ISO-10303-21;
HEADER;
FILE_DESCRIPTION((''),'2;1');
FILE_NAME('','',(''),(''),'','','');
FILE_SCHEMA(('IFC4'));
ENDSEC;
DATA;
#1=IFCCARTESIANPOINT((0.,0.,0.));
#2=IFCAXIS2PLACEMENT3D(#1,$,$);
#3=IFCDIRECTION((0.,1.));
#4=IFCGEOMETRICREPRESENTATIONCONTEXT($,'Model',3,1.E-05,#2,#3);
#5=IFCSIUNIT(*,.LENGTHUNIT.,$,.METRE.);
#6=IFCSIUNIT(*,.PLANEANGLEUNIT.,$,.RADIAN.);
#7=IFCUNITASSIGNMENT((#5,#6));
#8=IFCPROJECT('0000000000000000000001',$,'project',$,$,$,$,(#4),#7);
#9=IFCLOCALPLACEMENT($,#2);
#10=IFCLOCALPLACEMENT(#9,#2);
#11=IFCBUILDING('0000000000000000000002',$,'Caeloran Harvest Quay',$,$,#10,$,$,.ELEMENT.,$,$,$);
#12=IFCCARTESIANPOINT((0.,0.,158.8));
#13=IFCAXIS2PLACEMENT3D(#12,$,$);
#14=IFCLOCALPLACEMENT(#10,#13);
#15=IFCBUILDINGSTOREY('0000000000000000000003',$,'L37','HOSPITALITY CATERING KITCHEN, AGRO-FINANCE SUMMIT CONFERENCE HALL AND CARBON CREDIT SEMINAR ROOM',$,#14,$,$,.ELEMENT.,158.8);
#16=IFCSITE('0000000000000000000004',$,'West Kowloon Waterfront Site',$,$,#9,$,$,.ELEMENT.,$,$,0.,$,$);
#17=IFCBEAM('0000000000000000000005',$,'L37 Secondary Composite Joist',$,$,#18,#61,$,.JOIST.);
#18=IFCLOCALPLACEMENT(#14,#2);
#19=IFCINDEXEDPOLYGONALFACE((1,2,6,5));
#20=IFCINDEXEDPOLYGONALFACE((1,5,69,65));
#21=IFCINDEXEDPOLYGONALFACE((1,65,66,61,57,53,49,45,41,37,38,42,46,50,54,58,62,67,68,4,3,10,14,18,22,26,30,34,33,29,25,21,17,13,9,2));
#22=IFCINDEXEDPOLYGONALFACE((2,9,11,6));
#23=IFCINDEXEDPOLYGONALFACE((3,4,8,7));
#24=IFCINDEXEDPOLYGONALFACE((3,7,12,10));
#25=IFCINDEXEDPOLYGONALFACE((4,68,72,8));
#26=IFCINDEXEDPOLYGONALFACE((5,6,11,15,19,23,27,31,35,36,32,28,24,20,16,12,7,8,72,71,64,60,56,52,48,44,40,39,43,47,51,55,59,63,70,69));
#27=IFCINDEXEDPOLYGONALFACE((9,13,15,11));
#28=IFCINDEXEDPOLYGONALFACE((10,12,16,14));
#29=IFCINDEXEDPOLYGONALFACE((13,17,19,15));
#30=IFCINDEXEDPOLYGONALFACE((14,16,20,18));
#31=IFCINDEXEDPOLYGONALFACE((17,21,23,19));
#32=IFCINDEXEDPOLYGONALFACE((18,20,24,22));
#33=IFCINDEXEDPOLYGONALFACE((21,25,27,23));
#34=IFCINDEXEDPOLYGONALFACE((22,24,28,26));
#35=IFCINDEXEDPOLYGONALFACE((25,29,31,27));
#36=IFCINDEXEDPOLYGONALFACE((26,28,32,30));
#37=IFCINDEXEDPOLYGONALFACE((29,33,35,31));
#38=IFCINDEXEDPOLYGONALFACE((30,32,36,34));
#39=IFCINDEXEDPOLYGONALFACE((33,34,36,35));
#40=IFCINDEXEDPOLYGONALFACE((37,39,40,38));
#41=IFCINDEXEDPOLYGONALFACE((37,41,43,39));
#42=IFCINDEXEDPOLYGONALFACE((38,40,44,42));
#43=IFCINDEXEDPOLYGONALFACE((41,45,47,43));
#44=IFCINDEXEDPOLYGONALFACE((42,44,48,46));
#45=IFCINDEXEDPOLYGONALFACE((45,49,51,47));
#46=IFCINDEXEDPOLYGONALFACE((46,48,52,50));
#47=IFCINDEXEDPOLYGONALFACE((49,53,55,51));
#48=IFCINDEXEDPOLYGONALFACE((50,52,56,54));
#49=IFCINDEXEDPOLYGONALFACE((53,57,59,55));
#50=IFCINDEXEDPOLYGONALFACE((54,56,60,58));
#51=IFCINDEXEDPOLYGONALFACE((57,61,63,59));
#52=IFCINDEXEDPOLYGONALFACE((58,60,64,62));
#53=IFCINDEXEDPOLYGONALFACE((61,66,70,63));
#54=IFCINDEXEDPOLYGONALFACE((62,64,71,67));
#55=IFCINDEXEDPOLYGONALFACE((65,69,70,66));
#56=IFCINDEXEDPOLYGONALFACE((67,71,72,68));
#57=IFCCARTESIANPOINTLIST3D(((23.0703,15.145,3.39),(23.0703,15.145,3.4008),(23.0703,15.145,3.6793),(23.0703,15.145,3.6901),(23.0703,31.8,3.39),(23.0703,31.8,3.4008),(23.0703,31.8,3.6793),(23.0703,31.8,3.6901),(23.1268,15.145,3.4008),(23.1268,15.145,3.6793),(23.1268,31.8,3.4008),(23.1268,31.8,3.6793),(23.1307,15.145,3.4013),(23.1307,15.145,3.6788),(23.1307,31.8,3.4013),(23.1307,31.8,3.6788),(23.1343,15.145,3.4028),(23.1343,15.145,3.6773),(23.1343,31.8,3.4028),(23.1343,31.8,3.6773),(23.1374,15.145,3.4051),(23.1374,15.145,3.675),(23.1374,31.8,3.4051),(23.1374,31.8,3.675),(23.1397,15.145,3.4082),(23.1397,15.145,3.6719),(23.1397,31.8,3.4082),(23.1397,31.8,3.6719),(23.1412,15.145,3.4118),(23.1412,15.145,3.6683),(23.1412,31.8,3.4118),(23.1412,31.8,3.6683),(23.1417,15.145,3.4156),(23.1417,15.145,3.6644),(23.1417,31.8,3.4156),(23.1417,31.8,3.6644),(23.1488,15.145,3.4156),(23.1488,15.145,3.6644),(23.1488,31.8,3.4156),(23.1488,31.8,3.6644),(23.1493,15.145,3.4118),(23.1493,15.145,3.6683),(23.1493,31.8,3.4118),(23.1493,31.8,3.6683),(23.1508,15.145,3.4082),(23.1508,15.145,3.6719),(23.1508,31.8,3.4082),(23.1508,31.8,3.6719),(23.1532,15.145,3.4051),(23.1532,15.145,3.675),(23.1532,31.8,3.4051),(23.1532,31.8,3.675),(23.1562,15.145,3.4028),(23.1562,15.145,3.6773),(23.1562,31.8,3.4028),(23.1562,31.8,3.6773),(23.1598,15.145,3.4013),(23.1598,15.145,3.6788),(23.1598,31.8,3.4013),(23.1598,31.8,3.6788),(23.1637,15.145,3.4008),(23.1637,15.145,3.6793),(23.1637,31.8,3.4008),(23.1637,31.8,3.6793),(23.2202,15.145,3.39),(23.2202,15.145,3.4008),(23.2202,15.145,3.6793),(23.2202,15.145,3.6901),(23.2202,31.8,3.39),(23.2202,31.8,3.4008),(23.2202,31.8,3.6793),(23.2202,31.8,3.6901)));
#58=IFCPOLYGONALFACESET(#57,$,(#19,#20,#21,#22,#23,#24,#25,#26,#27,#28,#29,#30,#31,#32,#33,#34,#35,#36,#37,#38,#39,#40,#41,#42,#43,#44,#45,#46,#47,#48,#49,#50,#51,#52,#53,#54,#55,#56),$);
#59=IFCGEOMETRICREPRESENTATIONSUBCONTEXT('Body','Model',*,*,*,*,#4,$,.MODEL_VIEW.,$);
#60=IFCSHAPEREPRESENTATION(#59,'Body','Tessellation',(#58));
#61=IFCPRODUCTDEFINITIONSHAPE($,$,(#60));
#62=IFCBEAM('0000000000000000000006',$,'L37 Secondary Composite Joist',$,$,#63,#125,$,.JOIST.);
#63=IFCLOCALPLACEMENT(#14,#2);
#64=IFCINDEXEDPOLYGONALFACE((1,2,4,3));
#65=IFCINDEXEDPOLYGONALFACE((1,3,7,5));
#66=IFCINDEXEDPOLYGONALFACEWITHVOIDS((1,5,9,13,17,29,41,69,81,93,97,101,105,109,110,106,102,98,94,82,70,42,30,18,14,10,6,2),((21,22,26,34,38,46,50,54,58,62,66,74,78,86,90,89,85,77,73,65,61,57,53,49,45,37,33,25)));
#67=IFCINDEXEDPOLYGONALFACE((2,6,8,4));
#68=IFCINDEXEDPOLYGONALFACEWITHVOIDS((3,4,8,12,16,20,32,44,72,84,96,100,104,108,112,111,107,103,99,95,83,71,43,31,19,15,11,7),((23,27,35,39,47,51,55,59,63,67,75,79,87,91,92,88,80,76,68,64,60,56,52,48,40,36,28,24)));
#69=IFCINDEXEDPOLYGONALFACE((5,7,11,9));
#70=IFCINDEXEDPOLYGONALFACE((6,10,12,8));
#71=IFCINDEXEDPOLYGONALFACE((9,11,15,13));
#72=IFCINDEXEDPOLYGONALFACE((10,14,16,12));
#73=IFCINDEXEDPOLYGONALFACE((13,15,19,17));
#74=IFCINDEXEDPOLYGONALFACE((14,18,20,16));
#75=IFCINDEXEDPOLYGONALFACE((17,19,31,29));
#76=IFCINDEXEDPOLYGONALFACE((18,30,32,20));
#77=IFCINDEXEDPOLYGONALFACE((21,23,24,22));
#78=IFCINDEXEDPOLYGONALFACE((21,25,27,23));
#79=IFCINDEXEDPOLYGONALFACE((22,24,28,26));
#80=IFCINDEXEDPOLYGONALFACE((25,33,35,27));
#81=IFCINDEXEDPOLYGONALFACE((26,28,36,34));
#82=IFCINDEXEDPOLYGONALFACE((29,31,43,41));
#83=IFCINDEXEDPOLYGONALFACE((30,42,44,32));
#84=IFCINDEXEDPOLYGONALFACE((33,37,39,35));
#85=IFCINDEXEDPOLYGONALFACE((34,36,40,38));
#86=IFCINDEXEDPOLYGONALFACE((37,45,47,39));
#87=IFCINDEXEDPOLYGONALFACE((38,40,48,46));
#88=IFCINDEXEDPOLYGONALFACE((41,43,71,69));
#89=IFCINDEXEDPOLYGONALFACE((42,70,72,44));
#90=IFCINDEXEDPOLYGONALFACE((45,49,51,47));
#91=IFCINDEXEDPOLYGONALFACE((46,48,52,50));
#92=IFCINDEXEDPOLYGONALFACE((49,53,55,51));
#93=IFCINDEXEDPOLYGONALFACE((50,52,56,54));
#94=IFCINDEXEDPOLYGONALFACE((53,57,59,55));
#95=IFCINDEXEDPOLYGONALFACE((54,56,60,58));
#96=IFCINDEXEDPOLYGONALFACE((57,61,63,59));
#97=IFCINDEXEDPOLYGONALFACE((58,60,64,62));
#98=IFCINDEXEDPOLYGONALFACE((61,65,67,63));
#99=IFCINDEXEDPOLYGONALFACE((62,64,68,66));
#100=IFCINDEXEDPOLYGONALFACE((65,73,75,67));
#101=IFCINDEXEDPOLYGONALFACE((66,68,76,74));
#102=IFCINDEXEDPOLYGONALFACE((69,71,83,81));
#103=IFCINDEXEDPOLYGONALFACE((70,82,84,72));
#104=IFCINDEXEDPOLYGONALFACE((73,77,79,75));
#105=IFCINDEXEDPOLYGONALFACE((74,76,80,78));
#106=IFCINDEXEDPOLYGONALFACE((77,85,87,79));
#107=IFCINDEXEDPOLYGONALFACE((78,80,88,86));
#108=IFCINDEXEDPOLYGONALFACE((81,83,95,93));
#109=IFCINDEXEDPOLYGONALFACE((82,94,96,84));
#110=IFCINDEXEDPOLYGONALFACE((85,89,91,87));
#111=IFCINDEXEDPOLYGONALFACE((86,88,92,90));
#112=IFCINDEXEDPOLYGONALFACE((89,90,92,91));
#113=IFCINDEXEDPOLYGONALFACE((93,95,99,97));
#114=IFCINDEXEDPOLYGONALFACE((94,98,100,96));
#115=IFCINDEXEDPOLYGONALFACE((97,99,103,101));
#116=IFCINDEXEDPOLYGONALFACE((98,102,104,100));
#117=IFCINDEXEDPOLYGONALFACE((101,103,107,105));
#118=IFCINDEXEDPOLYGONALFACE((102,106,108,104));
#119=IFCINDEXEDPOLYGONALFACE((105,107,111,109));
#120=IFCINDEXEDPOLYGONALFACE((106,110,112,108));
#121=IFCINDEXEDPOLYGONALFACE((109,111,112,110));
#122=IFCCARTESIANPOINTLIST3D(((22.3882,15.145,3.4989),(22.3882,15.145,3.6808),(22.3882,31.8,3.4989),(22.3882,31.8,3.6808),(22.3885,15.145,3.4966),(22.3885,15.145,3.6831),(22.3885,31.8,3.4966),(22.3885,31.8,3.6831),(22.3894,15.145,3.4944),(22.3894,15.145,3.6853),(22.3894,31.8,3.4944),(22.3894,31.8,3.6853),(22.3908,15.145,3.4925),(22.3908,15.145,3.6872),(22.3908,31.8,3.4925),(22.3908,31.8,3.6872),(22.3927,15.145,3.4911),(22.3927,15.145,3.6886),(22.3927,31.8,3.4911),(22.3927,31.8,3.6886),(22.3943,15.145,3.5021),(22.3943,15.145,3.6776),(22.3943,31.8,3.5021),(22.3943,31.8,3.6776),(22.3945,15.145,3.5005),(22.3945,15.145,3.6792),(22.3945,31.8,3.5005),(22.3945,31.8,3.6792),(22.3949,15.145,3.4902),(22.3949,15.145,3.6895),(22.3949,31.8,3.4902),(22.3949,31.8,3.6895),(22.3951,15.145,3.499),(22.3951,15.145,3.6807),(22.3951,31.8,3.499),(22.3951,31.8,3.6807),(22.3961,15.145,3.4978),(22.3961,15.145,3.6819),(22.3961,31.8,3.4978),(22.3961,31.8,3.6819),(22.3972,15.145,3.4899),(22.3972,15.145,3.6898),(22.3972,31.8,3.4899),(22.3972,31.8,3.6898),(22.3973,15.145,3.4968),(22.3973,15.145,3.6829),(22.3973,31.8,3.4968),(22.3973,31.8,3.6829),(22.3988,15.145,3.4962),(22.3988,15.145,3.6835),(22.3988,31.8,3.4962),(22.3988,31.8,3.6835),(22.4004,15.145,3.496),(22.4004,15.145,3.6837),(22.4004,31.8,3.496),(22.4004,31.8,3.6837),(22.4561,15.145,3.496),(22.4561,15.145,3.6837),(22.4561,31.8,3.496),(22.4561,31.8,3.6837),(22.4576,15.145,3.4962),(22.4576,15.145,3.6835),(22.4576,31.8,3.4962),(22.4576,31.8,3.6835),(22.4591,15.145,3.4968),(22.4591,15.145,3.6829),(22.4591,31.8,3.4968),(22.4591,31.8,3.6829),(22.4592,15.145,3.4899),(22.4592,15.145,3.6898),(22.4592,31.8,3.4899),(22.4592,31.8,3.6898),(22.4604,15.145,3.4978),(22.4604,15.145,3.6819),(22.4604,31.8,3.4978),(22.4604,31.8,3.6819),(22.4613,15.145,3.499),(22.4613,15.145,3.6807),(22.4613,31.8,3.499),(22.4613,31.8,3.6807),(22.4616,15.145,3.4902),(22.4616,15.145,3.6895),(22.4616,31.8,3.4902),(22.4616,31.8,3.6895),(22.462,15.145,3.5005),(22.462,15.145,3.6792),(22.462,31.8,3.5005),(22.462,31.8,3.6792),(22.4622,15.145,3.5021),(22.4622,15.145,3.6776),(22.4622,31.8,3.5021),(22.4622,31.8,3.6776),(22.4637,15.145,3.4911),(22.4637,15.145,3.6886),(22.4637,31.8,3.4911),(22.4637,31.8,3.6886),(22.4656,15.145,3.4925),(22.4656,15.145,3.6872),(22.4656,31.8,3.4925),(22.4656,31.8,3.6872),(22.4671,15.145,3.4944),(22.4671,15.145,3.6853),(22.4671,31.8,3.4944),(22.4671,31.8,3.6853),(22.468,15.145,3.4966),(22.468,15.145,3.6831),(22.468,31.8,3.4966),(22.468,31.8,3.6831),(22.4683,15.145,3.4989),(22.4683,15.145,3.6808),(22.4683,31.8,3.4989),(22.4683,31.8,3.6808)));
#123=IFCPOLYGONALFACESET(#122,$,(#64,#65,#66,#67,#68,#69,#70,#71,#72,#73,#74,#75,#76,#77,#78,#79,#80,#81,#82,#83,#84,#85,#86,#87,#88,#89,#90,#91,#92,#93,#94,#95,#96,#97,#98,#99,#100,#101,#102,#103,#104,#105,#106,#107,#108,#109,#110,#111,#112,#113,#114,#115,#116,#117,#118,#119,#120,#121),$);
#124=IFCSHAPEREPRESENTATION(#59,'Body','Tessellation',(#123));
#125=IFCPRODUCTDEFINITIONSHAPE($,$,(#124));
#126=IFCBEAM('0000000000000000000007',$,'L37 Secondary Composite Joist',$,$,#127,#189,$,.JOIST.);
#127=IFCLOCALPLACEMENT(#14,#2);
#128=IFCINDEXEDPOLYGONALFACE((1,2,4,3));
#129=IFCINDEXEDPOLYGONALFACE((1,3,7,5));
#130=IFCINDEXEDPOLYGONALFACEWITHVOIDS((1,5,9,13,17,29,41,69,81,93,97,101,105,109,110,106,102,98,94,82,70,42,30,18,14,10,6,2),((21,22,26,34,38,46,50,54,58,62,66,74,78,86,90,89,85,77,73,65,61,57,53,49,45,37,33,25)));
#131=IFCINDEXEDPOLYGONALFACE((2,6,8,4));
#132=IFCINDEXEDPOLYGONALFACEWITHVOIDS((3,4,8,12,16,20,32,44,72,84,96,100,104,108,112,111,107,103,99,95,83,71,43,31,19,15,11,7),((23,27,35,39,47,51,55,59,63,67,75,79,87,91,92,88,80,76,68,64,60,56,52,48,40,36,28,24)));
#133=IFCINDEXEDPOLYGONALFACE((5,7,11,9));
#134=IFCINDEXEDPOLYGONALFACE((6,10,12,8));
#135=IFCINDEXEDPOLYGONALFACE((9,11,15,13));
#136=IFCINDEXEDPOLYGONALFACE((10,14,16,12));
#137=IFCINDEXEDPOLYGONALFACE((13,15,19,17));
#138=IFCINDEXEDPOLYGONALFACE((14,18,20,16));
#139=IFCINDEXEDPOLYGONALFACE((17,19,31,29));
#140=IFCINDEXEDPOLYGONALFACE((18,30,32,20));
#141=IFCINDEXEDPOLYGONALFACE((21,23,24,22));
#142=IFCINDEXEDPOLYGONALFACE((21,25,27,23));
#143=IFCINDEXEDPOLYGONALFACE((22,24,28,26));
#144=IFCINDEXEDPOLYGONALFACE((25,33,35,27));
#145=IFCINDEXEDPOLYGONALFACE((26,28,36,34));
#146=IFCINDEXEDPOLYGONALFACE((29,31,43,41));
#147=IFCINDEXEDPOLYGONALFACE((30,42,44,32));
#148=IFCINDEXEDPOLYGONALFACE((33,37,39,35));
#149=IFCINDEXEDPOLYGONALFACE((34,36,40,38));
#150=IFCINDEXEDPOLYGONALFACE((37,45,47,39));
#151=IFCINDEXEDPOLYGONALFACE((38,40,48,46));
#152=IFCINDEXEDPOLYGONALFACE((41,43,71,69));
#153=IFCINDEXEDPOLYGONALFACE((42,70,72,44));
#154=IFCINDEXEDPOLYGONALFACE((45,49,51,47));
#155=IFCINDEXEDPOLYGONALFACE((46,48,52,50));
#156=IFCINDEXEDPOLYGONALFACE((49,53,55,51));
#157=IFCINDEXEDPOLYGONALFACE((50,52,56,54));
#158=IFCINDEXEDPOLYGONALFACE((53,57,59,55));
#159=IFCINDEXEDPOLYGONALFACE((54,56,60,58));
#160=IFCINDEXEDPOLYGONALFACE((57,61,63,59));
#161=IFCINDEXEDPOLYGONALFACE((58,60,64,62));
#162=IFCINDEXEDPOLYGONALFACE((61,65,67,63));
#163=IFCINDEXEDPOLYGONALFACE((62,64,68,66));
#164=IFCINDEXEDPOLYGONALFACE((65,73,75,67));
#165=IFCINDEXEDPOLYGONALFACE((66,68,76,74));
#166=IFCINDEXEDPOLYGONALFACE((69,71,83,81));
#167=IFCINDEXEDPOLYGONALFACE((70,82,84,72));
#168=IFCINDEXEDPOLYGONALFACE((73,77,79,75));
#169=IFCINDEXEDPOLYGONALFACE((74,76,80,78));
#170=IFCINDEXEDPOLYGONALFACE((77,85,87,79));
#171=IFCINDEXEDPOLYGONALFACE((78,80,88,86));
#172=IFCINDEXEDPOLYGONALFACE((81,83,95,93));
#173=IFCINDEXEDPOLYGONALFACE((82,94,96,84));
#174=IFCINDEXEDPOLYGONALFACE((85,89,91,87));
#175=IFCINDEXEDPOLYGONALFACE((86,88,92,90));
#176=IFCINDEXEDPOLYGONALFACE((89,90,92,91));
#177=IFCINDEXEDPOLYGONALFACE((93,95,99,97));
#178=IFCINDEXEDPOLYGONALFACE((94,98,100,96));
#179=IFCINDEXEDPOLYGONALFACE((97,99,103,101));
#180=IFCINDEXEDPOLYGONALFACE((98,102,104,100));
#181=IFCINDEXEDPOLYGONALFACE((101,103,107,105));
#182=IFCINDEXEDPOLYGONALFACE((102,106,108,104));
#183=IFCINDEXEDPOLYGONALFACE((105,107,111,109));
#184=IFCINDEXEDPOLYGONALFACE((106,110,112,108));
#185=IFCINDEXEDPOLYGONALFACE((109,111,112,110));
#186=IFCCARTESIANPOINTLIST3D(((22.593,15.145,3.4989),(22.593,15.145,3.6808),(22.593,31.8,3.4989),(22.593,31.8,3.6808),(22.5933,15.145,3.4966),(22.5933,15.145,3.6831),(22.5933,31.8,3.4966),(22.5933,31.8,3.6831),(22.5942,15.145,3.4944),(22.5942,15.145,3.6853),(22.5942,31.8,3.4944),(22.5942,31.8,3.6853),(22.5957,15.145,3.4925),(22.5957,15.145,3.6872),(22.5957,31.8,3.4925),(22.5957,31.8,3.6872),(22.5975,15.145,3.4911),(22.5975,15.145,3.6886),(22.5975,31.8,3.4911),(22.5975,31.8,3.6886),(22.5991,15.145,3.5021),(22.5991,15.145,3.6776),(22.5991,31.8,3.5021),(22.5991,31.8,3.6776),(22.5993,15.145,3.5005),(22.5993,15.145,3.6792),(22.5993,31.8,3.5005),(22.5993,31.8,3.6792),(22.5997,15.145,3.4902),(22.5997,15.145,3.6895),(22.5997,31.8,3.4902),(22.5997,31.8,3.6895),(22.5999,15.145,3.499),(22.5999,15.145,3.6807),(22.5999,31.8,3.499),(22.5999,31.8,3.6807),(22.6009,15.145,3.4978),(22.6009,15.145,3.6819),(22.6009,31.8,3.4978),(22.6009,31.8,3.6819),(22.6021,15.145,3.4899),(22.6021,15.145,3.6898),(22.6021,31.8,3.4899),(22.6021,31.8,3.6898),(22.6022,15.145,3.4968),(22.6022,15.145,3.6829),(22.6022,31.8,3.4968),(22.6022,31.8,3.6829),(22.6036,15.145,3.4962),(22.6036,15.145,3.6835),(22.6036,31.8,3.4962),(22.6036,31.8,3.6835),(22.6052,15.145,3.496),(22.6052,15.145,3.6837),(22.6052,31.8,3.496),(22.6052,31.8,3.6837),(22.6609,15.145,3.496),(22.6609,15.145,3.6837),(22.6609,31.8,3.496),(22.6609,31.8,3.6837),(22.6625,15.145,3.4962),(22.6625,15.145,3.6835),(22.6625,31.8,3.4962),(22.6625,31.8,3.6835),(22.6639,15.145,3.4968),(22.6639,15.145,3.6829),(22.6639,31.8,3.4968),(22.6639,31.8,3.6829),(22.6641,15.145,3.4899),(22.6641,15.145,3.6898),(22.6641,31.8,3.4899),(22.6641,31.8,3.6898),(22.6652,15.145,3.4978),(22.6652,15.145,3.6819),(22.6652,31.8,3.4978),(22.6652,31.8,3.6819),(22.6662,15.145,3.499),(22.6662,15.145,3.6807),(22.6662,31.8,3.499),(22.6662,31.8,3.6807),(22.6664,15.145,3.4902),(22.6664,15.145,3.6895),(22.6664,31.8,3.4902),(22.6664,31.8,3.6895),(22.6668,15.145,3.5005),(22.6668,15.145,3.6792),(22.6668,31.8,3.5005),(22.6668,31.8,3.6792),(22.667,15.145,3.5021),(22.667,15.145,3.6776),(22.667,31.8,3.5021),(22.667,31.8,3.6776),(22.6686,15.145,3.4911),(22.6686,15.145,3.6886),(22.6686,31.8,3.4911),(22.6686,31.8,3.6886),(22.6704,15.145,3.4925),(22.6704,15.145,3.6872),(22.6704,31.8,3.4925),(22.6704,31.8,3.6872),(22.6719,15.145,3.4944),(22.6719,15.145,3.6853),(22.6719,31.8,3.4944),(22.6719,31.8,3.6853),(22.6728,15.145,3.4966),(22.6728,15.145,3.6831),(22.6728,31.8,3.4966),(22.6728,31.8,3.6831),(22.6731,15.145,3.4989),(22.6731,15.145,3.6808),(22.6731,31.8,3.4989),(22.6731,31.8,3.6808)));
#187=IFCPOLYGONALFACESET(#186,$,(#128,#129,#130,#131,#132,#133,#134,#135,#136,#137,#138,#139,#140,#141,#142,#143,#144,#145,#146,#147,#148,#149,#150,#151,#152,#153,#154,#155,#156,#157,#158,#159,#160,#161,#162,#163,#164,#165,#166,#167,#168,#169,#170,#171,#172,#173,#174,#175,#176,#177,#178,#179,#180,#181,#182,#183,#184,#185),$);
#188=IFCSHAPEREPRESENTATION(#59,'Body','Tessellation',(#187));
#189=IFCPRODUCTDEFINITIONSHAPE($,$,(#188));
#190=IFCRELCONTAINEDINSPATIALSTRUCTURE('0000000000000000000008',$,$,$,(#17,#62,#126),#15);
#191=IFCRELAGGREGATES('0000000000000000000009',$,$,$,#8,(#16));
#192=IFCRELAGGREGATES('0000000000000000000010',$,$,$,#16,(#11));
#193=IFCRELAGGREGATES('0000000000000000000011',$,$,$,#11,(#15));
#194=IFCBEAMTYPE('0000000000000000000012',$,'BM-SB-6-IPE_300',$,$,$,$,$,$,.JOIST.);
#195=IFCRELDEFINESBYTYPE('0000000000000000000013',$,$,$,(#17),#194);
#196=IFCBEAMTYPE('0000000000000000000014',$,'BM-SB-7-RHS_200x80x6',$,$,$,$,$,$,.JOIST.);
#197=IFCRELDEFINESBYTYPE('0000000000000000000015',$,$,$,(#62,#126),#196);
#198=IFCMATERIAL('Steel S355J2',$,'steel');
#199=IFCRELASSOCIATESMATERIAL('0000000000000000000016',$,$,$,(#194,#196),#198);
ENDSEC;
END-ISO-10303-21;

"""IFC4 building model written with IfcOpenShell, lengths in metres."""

from ifc_helpers import new_model, si_unit, direction, frame, origin, origin_2d, place, context, subcontext, project, spatial, hollow_rectangle, i_section, extrude, material, material_profile, profile_set, type_object, element, save


model = new_model("IFC4")

# Units and contexts
model_context = context("Model", 3, precision=1e-05, world=origin(), true_north=direction((0.0, 1.0)))
body_context = subcontext(model_context, "Body", "Model", "MODEL_VIEW")
ifc_project = project(units=[si_unit("LENGTHUNIT", "METRE"), si_unit("PLANEANGLEUNIT", "RADIAN")], contexts=[model_context])

# Site, building, storey
site_placement = place(None, origin())
site = spatial("IfcSite", under=ifc_project, at=site_placement, Name="West Kowloon Waterfront Site", CompositionType="ELEMENT", RefElevation=0.0)
building_placement = place(site_placement, origin())
building = spatial("IfcBuilding", under=site, at=building_placement, Name="Caeloran Harvest Quay", CompositionType="ELEMENT")
storey_placement = place(building_placement, frame((0.0, 0.0, 158.8)))
storey = spatial("IfcBuildingStorey", under=building, at=storey_placement, Name="L37", Description="HOSPITALITY CATERING KITCHEN, AGRO-FINANCE SUMMIT CONFERENCE HALL AND CARBON CREDIT SEMINAR ROOM", CompositionType="ELEMENT", Elevation=158.8)

# Beams
ifc_material_1 = material(Name="Steel S355J2", Category="steel")
ifc_material_profile_1 = material_profile(ifc_material_1, i_section(OverallWidth=0.1499, OverallDepth=0.3, WebThickness=0.0071, FlangeThickness=0.0107, FilletRadius=0.0149, at=origin_2d()), Name="IPE 300")
ifc_profile_set_1 = profile_set([ifc_material_profile_1], Name="Steel S355J2")
beam_type_1 = type_object("IfcBeamType", Name="BM-SB-6-IPE_300", PredefinedType="JOIST", material=ifc_profile_set_1)
for number, where, z_axis, x_axis, name in (
    (1, (23.1453, 15.145, 3.54), (0.0, 1.0, 0.0), (-1.0, 0.0, 0.0), "L37 Secondary Composite Joist"),
):
    element("IfcBeam", number, at=place(storey_placement, frame(where, z_axis=z_axis, x_axis=x_axis)), inside=storey, type_object=beam_type_1, Name=name, PredefinedType="JOIST", context=body_context, shape_type="SweptSolid", body=[
        extrude(i_section(OverallWidth=0.1499, OverallDepth=0.3, WebThickness=0.0071, FlangeThickness=0.0107, FilletRadius=0.0149, at=origin_2d()), origin(), (0.0, 0.0, 1.0), 16.655),
    ])
ifc_material_profile_2 = material_profile(ifc_material_1, hollow_rectangle(XDim=0.0801, YDim=0.2, WallThickness=0.0061, InnerFilletRadius=0.0061, OuterFilletRadius=0.009, at=origin_2d()), Name="RHS 200x80x6")
ifc_profile_set_2 = profile_set([ifc_material_profile_2], Name="Steel S355J2")
beam_type_2 = type_object("IfcBeamType", Name="BM-SB-7-RHS_200x80x6", PredefinedType="JOIST", material=ifc_profile_set_2)
for number, where, z_axis, x_axis, name in (
    (2, (22.4282, 15.145, 3.5898), (0.0, 1.0, 0.0), (-1.0, 0.0, 0.0), "L37 Secondary Composite Joist"),
    (3, (22.6331, 15.145, 3.5898), (0.0, 1.0, 0.0), (-1.0, 0.0, 0.0), "L37 Secondary Composite Joist"),
):
    element("IfcBeam", number, at=place(storey_placement, frame(where, z_axis=z_axis, x_axis=x_axis)), inside=storey, type_object=beam_type_2, Name=name, PredefinedType="JOIST", context=body_context, shape_type="SweptSolid", body=[
        extrude(hollow_rectangle(XDim=0.0801, YDim=0.2, WallThickness=0.0061, InnerFilletRadius=0.0061, OuterFilletRadius=0.009, at=origin_2d()), origin(), (0.0, 0.0, 1.0), 16.655),
    ])

save(model, "model.ifc")
